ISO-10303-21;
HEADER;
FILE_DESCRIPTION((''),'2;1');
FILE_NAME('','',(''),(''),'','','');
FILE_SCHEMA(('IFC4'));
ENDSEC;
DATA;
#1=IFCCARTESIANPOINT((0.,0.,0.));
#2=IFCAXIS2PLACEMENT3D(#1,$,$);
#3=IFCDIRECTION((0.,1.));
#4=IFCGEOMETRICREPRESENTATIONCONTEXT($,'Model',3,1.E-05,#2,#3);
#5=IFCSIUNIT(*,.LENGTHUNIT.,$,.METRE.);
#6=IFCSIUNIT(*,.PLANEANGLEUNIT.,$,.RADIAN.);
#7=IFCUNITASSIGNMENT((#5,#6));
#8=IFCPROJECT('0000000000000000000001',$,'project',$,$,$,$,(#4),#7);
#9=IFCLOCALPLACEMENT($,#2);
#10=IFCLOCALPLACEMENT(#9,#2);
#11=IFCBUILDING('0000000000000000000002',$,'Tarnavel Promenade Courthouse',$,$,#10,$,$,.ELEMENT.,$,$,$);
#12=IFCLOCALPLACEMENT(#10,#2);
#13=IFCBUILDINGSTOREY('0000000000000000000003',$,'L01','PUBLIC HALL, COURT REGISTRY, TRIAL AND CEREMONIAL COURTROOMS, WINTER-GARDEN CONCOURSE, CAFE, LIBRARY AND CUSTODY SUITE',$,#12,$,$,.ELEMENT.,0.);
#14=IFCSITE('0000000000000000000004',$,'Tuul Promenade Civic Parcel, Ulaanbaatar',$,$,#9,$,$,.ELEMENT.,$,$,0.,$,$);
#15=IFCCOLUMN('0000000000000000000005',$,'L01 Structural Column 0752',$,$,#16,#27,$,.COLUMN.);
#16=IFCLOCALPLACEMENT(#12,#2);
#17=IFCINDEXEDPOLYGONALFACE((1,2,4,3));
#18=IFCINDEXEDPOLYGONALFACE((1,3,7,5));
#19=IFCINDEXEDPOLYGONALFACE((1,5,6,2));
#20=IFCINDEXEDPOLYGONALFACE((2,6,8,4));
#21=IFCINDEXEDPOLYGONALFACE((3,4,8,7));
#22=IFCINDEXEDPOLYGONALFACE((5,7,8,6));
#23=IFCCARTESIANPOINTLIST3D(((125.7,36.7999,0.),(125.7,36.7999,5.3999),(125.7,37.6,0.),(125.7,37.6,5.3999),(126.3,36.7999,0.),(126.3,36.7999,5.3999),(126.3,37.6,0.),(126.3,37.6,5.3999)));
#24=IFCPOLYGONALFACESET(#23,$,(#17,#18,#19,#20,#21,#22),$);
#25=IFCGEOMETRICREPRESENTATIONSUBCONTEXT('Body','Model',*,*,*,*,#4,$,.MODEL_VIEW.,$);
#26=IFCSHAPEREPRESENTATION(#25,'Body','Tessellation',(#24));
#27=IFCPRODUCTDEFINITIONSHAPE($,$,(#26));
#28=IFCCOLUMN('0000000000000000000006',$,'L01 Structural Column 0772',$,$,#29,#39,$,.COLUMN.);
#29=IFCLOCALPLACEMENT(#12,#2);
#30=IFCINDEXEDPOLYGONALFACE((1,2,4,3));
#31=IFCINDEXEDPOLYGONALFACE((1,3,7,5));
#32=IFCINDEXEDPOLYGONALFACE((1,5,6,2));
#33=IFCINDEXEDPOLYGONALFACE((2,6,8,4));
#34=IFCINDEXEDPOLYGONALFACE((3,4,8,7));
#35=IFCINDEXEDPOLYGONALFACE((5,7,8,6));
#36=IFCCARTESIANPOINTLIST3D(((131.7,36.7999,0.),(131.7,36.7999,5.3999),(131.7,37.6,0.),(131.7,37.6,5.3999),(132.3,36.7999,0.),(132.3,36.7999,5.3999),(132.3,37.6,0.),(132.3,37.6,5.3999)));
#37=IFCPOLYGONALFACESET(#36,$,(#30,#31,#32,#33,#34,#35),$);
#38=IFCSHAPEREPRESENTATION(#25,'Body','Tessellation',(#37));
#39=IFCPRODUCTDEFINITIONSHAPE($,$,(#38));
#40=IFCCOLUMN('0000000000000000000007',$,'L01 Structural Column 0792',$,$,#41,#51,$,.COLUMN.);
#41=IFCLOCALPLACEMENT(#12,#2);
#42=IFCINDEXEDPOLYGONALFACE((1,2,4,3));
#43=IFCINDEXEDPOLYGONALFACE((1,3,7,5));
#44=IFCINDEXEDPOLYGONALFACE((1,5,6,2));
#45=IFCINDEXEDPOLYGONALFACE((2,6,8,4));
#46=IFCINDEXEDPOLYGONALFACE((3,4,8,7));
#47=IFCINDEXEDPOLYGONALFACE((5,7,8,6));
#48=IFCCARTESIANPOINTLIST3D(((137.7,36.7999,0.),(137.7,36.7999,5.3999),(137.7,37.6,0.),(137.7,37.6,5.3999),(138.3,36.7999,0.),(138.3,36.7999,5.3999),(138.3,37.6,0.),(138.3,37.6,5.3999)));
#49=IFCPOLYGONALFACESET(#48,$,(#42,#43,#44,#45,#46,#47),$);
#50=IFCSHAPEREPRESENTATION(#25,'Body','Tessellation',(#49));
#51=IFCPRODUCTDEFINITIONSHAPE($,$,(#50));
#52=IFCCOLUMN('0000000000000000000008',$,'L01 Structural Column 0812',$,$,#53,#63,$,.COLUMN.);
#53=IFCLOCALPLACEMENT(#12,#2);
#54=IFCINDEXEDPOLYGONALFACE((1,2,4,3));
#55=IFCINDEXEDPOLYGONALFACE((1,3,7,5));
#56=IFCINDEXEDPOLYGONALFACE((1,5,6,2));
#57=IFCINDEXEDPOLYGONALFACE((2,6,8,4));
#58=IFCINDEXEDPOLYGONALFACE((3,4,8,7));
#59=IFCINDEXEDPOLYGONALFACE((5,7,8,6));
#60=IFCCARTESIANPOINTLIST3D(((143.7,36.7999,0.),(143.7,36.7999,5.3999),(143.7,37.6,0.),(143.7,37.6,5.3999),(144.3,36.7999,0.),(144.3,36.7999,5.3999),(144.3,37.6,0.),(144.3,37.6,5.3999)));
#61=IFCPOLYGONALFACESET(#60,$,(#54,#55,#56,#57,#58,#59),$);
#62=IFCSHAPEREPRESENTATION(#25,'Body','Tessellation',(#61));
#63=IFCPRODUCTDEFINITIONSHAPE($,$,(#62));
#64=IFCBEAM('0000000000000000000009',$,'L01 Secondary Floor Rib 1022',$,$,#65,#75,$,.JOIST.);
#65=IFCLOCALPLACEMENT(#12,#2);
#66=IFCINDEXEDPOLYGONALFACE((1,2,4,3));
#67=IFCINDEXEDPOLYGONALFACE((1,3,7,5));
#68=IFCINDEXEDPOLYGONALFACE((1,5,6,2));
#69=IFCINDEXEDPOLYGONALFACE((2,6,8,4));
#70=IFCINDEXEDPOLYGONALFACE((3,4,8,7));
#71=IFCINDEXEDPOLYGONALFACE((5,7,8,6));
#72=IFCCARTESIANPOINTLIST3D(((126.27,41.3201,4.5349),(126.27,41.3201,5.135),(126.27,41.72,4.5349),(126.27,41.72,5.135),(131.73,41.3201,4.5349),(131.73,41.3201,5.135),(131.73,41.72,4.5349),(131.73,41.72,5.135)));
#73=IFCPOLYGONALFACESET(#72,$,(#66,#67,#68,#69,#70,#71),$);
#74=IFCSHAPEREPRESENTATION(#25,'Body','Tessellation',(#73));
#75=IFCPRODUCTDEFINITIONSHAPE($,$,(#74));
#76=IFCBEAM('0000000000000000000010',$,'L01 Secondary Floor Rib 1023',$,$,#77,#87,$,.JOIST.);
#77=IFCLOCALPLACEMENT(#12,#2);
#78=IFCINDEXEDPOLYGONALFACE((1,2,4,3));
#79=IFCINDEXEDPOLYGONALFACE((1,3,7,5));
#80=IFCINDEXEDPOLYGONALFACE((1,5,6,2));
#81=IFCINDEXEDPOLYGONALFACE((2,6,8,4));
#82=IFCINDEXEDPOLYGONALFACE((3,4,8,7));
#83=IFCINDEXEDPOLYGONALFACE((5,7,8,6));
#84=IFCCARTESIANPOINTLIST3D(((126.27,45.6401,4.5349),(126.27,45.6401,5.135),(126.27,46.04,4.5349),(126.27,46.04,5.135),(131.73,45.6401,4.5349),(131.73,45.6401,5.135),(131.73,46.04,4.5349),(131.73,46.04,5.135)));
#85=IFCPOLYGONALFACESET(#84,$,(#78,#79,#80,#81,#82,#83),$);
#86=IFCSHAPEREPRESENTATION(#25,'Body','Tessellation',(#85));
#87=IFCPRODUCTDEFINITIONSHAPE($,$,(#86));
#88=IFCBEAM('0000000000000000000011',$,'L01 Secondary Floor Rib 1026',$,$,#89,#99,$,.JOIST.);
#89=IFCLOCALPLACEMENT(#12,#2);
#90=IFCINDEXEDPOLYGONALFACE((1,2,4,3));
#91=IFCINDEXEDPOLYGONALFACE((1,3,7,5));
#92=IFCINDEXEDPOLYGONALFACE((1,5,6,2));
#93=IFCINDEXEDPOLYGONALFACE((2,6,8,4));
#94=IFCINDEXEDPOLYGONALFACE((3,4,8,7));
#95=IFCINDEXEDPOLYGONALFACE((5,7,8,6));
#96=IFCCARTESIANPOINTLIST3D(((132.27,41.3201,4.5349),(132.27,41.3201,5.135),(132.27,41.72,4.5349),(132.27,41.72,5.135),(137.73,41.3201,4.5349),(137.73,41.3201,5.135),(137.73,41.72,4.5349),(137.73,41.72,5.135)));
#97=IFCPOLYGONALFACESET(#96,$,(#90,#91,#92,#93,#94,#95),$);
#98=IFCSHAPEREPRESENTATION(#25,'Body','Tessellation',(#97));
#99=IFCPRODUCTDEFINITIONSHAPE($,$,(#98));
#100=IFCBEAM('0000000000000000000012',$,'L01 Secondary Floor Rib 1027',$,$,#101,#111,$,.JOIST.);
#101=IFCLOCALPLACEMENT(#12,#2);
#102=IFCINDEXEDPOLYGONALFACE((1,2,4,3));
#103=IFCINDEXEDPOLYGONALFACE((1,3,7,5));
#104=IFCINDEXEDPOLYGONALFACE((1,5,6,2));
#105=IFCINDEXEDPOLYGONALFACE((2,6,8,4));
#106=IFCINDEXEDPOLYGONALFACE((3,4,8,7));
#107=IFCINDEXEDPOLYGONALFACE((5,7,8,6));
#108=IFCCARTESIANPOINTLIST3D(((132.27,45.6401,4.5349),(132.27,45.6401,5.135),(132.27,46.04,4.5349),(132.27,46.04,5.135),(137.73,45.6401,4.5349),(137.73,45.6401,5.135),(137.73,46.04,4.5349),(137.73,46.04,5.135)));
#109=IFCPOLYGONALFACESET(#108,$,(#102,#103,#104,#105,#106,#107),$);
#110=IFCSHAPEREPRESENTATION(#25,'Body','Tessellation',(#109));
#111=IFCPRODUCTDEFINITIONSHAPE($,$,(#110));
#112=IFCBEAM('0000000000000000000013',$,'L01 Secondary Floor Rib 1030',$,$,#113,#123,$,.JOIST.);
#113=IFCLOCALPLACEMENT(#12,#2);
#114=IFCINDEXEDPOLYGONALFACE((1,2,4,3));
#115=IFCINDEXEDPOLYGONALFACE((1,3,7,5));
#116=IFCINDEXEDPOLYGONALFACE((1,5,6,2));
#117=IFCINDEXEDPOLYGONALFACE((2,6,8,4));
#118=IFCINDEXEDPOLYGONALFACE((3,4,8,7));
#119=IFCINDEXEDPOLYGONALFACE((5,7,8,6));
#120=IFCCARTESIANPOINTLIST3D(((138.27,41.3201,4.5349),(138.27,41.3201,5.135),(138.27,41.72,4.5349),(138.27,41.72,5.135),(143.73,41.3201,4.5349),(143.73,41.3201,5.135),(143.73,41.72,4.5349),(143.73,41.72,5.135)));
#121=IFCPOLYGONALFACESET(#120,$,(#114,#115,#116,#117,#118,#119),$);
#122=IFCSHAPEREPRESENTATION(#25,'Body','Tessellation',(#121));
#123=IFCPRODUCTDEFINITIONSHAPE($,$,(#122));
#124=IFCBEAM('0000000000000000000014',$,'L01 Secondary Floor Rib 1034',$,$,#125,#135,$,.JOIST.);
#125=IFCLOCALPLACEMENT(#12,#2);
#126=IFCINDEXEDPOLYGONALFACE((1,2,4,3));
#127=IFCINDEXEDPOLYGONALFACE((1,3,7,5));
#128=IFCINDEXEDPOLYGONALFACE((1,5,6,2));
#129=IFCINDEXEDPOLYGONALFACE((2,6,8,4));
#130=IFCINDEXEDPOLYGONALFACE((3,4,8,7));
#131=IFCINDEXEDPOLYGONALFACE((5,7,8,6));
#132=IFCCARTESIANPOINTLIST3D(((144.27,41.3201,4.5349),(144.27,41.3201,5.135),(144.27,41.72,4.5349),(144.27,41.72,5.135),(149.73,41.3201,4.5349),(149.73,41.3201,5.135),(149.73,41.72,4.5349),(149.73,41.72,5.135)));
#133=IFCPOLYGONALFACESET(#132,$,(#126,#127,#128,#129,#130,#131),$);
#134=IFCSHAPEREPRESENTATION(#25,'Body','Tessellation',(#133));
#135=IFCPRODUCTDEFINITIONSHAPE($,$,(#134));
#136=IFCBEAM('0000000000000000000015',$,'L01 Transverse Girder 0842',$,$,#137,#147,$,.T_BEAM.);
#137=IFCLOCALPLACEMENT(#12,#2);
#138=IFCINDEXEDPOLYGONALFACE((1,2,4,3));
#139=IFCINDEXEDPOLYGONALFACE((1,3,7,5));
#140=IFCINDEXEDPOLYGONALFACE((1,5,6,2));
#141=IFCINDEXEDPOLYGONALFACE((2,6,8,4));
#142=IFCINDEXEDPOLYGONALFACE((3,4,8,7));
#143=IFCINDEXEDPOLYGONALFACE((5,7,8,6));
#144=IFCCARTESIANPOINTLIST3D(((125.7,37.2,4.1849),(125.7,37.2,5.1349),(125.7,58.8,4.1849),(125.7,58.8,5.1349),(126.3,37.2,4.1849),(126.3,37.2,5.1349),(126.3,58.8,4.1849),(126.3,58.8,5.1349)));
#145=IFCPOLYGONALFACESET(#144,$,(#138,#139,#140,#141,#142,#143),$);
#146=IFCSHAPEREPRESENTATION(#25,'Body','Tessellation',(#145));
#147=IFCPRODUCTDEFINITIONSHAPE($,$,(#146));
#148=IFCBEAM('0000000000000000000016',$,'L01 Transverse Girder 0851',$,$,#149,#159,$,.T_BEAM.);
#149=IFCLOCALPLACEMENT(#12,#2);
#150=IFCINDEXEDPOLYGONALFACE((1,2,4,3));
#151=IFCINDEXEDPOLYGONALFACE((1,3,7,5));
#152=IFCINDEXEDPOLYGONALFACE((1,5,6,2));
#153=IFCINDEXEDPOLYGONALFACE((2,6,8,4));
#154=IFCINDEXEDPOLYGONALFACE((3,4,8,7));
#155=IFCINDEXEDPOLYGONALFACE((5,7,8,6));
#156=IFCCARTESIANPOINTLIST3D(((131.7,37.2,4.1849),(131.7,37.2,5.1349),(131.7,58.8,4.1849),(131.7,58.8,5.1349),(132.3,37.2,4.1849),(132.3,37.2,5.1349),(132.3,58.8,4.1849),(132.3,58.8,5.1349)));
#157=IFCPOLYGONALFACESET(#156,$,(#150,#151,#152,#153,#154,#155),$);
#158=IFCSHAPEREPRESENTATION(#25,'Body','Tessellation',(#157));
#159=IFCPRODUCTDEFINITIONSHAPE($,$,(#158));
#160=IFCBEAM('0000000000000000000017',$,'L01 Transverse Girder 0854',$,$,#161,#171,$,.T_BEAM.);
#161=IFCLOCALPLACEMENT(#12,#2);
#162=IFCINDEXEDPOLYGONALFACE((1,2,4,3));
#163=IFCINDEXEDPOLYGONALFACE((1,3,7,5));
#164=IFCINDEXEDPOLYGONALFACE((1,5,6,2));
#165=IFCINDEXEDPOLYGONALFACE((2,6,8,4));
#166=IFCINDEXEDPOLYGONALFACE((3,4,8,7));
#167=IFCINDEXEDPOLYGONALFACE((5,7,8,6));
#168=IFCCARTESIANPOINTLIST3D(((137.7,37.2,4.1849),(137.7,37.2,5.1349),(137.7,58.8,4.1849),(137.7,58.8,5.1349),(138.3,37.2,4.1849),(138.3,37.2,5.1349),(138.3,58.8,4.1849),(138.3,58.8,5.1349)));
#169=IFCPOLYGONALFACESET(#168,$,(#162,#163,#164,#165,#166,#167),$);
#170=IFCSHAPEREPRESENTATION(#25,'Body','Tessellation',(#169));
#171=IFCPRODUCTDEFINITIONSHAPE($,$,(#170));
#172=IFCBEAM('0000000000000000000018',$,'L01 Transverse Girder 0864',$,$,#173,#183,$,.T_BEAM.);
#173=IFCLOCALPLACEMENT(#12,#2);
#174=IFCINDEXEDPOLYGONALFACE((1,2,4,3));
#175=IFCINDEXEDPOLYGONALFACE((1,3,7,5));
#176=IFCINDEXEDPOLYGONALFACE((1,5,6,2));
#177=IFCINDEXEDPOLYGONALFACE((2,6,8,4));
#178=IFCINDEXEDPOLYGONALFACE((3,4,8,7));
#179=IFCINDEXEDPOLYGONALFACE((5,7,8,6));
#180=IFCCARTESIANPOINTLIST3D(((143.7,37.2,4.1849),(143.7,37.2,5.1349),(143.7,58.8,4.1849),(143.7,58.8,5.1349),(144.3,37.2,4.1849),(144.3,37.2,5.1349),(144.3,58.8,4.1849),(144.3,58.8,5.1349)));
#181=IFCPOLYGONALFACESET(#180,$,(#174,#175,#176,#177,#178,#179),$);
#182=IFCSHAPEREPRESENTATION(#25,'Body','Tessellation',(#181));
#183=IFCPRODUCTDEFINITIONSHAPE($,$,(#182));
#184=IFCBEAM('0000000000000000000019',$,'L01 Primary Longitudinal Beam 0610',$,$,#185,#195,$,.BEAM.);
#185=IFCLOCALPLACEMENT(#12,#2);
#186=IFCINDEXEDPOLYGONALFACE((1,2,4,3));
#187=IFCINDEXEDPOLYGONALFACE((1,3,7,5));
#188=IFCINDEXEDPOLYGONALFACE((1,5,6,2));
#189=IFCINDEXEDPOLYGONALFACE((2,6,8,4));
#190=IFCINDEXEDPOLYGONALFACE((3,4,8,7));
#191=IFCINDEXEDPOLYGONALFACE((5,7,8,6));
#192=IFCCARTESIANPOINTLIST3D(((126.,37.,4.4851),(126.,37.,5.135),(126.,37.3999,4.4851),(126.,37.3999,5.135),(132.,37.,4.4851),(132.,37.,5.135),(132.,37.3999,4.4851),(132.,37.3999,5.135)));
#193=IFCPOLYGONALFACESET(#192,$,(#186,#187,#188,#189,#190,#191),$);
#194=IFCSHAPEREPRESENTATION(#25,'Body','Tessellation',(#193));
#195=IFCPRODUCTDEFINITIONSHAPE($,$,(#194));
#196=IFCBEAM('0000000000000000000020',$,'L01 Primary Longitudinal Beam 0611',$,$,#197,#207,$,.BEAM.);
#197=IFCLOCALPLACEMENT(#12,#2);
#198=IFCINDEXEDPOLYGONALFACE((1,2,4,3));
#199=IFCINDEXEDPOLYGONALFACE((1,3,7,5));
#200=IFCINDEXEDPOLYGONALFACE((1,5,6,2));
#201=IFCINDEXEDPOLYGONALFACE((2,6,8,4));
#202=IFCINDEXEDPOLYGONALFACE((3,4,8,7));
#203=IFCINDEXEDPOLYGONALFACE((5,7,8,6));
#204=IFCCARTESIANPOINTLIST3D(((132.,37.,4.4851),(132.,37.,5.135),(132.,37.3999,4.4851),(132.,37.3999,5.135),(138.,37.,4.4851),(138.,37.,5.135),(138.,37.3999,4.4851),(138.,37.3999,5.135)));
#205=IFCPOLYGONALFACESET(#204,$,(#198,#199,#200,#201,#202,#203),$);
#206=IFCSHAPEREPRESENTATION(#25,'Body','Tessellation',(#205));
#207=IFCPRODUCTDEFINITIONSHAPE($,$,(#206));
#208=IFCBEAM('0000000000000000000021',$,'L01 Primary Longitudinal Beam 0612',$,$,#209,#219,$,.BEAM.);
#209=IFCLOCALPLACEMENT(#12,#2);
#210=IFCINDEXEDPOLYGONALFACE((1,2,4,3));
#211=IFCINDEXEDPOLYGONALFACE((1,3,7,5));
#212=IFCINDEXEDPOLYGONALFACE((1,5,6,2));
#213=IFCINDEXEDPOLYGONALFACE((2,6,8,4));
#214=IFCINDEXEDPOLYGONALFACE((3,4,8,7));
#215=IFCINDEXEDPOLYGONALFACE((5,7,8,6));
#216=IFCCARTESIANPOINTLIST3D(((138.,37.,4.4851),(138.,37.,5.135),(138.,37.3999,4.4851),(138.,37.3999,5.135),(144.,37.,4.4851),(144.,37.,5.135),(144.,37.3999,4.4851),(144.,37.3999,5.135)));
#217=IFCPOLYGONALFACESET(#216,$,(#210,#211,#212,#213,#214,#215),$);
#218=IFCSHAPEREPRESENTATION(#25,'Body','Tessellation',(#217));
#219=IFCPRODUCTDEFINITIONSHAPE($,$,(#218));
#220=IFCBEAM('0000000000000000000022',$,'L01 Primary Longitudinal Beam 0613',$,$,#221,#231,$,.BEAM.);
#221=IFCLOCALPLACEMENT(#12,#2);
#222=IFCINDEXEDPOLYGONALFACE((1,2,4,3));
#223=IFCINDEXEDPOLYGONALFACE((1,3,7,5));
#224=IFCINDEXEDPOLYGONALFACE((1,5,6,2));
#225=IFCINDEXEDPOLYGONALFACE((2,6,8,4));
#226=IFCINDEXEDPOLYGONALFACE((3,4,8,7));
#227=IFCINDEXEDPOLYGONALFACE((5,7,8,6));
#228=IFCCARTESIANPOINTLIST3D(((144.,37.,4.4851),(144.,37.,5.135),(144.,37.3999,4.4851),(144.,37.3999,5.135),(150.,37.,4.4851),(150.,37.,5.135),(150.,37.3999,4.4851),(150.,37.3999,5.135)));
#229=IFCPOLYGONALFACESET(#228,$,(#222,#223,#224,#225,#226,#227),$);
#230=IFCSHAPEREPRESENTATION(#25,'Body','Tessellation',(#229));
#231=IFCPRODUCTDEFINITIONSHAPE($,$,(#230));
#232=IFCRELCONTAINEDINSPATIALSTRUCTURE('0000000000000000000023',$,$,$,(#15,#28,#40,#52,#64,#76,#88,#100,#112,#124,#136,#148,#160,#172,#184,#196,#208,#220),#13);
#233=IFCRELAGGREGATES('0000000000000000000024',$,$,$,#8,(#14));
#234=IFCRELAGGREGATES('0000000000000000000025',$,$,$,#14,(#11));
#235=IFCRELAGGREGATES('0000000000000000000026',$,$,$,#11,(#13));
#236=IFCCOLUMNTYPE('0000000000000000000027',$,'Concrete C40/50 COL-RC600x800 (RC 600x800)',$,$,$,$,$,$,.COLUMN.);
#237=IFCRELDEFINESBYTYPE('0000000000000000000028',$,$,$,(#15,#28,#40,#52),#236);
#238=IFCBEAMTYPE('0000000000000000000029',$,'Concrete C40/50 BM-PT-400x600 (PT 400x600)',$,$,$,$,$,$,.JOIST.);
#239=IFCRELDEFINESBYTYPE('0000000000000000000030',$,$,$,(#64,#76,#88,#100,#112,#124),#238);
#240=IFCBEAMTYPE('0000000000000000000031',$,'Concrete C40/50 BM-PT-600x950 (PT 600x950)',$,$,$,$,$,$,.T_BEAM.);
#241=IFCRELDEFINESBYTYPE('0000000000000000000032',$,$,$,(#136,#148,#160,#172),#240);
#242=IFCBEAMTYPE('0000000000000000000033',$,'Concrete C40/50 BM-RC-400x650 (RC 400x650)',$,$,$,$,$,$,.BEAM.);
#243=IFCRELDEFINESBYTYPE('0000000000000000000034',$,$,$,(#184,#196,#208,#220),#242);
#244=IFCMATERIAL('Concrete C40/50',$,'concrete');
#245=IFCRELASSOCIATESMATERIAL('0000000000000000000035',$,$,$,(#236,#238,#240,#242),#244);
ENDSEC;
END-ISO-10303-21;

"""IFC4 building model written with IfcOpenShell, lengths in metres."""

from ifc_helpers import new_model, si_unit, direction, frame, origin, origin_2d, place, context, subcontext, project, spatial, rectangle, extrude, material, material_profile, profile_set, type_object, element, save


model = new_model("IFC4")

# Units and contexts
model_context = context("Model", 3, precision=1e-05, world=origin(), true_north=direction((0.0, 1.0)))
body_context = subcontext(model_context, "Body", "Model", "MODEL_VIEW")
ifc_project = project(units=[si_unit("LENGTHUNIT", "METRE"), si_unit("PLANEANGLEUNIT", "RADIAN")], contexts=[model_context])

# Site, building, storey
site_placement = place(None, origin())
site = spatial("IfcSite", under=ifc_project, at=site_placement, Name="Tuul Promenade Civic Parcel, Ulaanbaatar", CompositionType="ELEMENT", RefElevation=0.0)
building_placement = place(site_placement, origin())
building = spatial("IfcBuilding", under=site, at=building_placement, Name="Tarnavel Promenade Courthouse", CompositionType="ELEMENT")
storey_placement = place(building_placement, origin())
storey = spatial("IfcBuildingStorey", under=building, at=storey_placement, Name="L01", Description="PUBLIC HALL, COURT REGISTRY, TRIAL AND CEREMONIAL COURTROOMS, WINTER-GARDEN CONCOURSE, CAFE, LIBRARY AND CUSTODY SUITE", CompositionType="ELEMENT", Elevation=0.0)

# Columns
ifc_material_1 = material(Name="Concrete C40/50", Category="concrete")
ifc_material_profile_1 = material_profile(ifc_material_1, rectangle(XDim=0.6001, YDim=0.8, at=origin_2d()), Name="RC 600x800")
ifc_profile_set_1 = profile_set([ifc_material_profile_1], Name="Concrete C40/50")
column_type = type_object("IfcColumnType", Name="Concrete C40/50 COL-RC600x800 (RC 600x800)", PredefinedType="COLUMN", material=ifc_profile_set_1)
for number, where, z_axis, x_axis, name in (
    (1, (126.0, 37.2, 0.0), (0.0, 0.0, 1.0), (1.0, 0.0, 0.0), "L01 Structural Column 0752"),
    (2, (132.0, 37.2, 0.0), (0.0, 0.0, 1.0), (1.0, 0.0, 0.0), "L01 Structural Column 0772"),
    (3, (138.0, 37.2, 0.0), (0.0, 0.0, 1.0), (1.0, 0.0, 0.0), "L01 Structural Column 0792"),
    (4, (144.0, 37.2, 0.0), (0.0, 0.0, 1.0), (1.0, 0.0, 0.0), "L01 Structural Column 0812"),
):
    element("IfcColumn", number, at=place(storey_placement, frame(where, z_axis=z_axis, x_axis=x_axis)), inside=storey, type_object=column_type, Name=name, PredefinedType="COLUMN", context=body_context, shape_type="SweptSolid", body=[
        extrude(rectangle(XDim=0.6001, YDim=0.8, at=origin_2d()), origin(), (0.0, 0.0, 1.0), 5.3999),
    ])

# Beams
ifc_material_profile_2 = material_profile(ifc_material_1, rectangle(XDim=0.3999, YDim=0.6001, at=origin_2d()), Name="PT 400x600")
ifc_profile_set_2 = profile_set([ifc_material_profile_2], Name="Concrete C40/50")
beam_type_1 = type_object("IfcBeamType", Name="Concrete C40/50 BM-PT-400x600 (PT 400x600)", PredefinedType="JOIST", material=ifc_profile_set_2)
for number, where, z_axis, x_axis, name in (
    (5, (126.27, 41.52, 4.835), (1.0, 0.0, 0.0), (0.0, 1.0, 0.0), "L01 Secondary Floor Rib 1022"),
    (6, (126.27, 45.8401, 4.835), (1.0, 0.0, 0.0), (0.0, 1.0, 0.0), "L01 Secondary Floor Rib 1023"),
    (7, (132.27, 41.52, 4.835), (1.0, 0.0, 0.0), (0.0, 1.0, 0.0), "L01 Secondary Floor Rib 1026"),
    (8, (132.27, 45.8401, 4.835), (1.0, 0.0, 0.0), (0.0, 1.0, 0.0), "L01 Secondary Floor Rib 1027"),
    (9, (138.27, 41.52, 4.835), (1.0, 0.0, 0.0), (0.0, 1.0, 0.0), "L01 Secondary Floor Rib 1030"),
    (10, (144.27, 41.52, 4.835), (1.0, 0.0, 0.0), (0.0, 1.0, 0.0), "L01 Secondary Floor Rib 1034"),
):
    element("IfcBeam", number, at=place(storey_placement, frame(where, z_axis=z_axis, x_axis=x_axis)), inside=storey, type_object=beam_type_1, Name=name, PredefinedType="JOIST", context=body_context, shape_type="SweptSolid", body=[
        extrude(rectangle(XDim=0.3999, YDim=0.6001, at=origin_2d()), origin(), (0.0, 0.0, 1.0), 5.46),
    ])
ifc_material_profile_3 = material_profile(ifc_material_1, rectangle(XDim=0.6001, YDim=0.95, at=origin_2d()), Name="PT 600x950")
ifc_profile_set_3 = profile_set([ifc_material_profile_3], Name="Concrete C40/50")
beam_type_2 = type_object("IfcBeamType", Name="Concrete C40/50 BM-PT-600x950 (PT 600x950)", PredefinedType="T_BEAM", material=ifc_profile_set_3)
for number, where, z_axis, x_axis, name in (
    (11, (126.0, 37.2, 4.6599), (0.0, 1.0, 0.0), (-1.0, 0.0, 0.0), "L01 Transverse Girder 0842"),
    (12, (132.0, 37.2, 4.6599), (0.0, 1.0, 0.0), (-1.0, 0.0, 0.0), "L01 Transverse Girder 0851"),
    (13, (138.0, 37.2, 4.6599), (0.0, 1.0, 0.0), (-1.0, 0.0, 0.0), "L01 Transverse Girder 0854"),
    (14, (144.0, 37.2, 4.6599), (0.0, 1.0, 0.0), (-1.0, 0.0, 0.0), "L01 Transverse Girder 0864"),
):
    element("IfcBeam", number, at=place(storey_placement, frame(where, z_axis=z_axis, x_axis=x_axis)), inside=storey, type_object=beam_type_2, Name=name, PredefinedType="T_BEAM", context=body_context, shape_type="SweptSolid", body=[
        extrude(rectangle(XDim=0.6001, YDim=0.95, at=origin_2d()), origin(), (0.0, 0.0, 1.0), 21.6001),
    ])
ifc_material_profile_4 = material_profile(ifc_material_1, rectangle(XDim=0.3999, YDim=0.6499, at=origin_2d()), Name="RC 400x650")
ifc_profile_set_4 = profile_set([ifc_material_profile_4], Name="Concrete C40/50")
beam_type_3 = type_object("IfcBeamType", Name="Concrete C40/50 BM-RC-400x650 (RC 400x650)", PredefinedType="BEAM", material=ifc_profile_set_4)
for number, where, z_axis, x_axis, name in (
    (15, (126.0, 37.2, 4.8101), (1.0, 0.0, 0.0), (0.0, 1.0, 0.0), "L01 Primary Longitudinal Beam 0610"),
    (16, (132.0, 37.2, 4.8101), (1.0, 0.0, 0.0), (0.0, 1.0, 0.0), "L01 Primary Longitudinal Beam 0611"),
    (17, (138.0, 37.2, 4.8101), (1.0, 0.0, 0.0), (0.0, 1.0, 0.0), "L01 Primary Longitudinal Beam 0612"),
    (18, (144.0, 37.2, 4.8101), (1.0, 0.0, 0.0), (0.0, 1.0, 0.0), "L01 Primary Longitudinal Beam 0613"),
):
    element("IfcBeam", number, at=place(storey_placement, frame(where, z_axis=z_axis, x_axis=x_axis)), inside=storey, type_object=beam_type_3, Name=name, PredefinedType="BEAM", context=body_context, shape_type="SweptSolid", body=[
        extrude(rectangle(XDim=0.3999, YDim=0.6499, at=origin_2d()), origin(), (0.0, 0.0, 1.0), 6.0),
    ])

save(model, "model.ifc")
